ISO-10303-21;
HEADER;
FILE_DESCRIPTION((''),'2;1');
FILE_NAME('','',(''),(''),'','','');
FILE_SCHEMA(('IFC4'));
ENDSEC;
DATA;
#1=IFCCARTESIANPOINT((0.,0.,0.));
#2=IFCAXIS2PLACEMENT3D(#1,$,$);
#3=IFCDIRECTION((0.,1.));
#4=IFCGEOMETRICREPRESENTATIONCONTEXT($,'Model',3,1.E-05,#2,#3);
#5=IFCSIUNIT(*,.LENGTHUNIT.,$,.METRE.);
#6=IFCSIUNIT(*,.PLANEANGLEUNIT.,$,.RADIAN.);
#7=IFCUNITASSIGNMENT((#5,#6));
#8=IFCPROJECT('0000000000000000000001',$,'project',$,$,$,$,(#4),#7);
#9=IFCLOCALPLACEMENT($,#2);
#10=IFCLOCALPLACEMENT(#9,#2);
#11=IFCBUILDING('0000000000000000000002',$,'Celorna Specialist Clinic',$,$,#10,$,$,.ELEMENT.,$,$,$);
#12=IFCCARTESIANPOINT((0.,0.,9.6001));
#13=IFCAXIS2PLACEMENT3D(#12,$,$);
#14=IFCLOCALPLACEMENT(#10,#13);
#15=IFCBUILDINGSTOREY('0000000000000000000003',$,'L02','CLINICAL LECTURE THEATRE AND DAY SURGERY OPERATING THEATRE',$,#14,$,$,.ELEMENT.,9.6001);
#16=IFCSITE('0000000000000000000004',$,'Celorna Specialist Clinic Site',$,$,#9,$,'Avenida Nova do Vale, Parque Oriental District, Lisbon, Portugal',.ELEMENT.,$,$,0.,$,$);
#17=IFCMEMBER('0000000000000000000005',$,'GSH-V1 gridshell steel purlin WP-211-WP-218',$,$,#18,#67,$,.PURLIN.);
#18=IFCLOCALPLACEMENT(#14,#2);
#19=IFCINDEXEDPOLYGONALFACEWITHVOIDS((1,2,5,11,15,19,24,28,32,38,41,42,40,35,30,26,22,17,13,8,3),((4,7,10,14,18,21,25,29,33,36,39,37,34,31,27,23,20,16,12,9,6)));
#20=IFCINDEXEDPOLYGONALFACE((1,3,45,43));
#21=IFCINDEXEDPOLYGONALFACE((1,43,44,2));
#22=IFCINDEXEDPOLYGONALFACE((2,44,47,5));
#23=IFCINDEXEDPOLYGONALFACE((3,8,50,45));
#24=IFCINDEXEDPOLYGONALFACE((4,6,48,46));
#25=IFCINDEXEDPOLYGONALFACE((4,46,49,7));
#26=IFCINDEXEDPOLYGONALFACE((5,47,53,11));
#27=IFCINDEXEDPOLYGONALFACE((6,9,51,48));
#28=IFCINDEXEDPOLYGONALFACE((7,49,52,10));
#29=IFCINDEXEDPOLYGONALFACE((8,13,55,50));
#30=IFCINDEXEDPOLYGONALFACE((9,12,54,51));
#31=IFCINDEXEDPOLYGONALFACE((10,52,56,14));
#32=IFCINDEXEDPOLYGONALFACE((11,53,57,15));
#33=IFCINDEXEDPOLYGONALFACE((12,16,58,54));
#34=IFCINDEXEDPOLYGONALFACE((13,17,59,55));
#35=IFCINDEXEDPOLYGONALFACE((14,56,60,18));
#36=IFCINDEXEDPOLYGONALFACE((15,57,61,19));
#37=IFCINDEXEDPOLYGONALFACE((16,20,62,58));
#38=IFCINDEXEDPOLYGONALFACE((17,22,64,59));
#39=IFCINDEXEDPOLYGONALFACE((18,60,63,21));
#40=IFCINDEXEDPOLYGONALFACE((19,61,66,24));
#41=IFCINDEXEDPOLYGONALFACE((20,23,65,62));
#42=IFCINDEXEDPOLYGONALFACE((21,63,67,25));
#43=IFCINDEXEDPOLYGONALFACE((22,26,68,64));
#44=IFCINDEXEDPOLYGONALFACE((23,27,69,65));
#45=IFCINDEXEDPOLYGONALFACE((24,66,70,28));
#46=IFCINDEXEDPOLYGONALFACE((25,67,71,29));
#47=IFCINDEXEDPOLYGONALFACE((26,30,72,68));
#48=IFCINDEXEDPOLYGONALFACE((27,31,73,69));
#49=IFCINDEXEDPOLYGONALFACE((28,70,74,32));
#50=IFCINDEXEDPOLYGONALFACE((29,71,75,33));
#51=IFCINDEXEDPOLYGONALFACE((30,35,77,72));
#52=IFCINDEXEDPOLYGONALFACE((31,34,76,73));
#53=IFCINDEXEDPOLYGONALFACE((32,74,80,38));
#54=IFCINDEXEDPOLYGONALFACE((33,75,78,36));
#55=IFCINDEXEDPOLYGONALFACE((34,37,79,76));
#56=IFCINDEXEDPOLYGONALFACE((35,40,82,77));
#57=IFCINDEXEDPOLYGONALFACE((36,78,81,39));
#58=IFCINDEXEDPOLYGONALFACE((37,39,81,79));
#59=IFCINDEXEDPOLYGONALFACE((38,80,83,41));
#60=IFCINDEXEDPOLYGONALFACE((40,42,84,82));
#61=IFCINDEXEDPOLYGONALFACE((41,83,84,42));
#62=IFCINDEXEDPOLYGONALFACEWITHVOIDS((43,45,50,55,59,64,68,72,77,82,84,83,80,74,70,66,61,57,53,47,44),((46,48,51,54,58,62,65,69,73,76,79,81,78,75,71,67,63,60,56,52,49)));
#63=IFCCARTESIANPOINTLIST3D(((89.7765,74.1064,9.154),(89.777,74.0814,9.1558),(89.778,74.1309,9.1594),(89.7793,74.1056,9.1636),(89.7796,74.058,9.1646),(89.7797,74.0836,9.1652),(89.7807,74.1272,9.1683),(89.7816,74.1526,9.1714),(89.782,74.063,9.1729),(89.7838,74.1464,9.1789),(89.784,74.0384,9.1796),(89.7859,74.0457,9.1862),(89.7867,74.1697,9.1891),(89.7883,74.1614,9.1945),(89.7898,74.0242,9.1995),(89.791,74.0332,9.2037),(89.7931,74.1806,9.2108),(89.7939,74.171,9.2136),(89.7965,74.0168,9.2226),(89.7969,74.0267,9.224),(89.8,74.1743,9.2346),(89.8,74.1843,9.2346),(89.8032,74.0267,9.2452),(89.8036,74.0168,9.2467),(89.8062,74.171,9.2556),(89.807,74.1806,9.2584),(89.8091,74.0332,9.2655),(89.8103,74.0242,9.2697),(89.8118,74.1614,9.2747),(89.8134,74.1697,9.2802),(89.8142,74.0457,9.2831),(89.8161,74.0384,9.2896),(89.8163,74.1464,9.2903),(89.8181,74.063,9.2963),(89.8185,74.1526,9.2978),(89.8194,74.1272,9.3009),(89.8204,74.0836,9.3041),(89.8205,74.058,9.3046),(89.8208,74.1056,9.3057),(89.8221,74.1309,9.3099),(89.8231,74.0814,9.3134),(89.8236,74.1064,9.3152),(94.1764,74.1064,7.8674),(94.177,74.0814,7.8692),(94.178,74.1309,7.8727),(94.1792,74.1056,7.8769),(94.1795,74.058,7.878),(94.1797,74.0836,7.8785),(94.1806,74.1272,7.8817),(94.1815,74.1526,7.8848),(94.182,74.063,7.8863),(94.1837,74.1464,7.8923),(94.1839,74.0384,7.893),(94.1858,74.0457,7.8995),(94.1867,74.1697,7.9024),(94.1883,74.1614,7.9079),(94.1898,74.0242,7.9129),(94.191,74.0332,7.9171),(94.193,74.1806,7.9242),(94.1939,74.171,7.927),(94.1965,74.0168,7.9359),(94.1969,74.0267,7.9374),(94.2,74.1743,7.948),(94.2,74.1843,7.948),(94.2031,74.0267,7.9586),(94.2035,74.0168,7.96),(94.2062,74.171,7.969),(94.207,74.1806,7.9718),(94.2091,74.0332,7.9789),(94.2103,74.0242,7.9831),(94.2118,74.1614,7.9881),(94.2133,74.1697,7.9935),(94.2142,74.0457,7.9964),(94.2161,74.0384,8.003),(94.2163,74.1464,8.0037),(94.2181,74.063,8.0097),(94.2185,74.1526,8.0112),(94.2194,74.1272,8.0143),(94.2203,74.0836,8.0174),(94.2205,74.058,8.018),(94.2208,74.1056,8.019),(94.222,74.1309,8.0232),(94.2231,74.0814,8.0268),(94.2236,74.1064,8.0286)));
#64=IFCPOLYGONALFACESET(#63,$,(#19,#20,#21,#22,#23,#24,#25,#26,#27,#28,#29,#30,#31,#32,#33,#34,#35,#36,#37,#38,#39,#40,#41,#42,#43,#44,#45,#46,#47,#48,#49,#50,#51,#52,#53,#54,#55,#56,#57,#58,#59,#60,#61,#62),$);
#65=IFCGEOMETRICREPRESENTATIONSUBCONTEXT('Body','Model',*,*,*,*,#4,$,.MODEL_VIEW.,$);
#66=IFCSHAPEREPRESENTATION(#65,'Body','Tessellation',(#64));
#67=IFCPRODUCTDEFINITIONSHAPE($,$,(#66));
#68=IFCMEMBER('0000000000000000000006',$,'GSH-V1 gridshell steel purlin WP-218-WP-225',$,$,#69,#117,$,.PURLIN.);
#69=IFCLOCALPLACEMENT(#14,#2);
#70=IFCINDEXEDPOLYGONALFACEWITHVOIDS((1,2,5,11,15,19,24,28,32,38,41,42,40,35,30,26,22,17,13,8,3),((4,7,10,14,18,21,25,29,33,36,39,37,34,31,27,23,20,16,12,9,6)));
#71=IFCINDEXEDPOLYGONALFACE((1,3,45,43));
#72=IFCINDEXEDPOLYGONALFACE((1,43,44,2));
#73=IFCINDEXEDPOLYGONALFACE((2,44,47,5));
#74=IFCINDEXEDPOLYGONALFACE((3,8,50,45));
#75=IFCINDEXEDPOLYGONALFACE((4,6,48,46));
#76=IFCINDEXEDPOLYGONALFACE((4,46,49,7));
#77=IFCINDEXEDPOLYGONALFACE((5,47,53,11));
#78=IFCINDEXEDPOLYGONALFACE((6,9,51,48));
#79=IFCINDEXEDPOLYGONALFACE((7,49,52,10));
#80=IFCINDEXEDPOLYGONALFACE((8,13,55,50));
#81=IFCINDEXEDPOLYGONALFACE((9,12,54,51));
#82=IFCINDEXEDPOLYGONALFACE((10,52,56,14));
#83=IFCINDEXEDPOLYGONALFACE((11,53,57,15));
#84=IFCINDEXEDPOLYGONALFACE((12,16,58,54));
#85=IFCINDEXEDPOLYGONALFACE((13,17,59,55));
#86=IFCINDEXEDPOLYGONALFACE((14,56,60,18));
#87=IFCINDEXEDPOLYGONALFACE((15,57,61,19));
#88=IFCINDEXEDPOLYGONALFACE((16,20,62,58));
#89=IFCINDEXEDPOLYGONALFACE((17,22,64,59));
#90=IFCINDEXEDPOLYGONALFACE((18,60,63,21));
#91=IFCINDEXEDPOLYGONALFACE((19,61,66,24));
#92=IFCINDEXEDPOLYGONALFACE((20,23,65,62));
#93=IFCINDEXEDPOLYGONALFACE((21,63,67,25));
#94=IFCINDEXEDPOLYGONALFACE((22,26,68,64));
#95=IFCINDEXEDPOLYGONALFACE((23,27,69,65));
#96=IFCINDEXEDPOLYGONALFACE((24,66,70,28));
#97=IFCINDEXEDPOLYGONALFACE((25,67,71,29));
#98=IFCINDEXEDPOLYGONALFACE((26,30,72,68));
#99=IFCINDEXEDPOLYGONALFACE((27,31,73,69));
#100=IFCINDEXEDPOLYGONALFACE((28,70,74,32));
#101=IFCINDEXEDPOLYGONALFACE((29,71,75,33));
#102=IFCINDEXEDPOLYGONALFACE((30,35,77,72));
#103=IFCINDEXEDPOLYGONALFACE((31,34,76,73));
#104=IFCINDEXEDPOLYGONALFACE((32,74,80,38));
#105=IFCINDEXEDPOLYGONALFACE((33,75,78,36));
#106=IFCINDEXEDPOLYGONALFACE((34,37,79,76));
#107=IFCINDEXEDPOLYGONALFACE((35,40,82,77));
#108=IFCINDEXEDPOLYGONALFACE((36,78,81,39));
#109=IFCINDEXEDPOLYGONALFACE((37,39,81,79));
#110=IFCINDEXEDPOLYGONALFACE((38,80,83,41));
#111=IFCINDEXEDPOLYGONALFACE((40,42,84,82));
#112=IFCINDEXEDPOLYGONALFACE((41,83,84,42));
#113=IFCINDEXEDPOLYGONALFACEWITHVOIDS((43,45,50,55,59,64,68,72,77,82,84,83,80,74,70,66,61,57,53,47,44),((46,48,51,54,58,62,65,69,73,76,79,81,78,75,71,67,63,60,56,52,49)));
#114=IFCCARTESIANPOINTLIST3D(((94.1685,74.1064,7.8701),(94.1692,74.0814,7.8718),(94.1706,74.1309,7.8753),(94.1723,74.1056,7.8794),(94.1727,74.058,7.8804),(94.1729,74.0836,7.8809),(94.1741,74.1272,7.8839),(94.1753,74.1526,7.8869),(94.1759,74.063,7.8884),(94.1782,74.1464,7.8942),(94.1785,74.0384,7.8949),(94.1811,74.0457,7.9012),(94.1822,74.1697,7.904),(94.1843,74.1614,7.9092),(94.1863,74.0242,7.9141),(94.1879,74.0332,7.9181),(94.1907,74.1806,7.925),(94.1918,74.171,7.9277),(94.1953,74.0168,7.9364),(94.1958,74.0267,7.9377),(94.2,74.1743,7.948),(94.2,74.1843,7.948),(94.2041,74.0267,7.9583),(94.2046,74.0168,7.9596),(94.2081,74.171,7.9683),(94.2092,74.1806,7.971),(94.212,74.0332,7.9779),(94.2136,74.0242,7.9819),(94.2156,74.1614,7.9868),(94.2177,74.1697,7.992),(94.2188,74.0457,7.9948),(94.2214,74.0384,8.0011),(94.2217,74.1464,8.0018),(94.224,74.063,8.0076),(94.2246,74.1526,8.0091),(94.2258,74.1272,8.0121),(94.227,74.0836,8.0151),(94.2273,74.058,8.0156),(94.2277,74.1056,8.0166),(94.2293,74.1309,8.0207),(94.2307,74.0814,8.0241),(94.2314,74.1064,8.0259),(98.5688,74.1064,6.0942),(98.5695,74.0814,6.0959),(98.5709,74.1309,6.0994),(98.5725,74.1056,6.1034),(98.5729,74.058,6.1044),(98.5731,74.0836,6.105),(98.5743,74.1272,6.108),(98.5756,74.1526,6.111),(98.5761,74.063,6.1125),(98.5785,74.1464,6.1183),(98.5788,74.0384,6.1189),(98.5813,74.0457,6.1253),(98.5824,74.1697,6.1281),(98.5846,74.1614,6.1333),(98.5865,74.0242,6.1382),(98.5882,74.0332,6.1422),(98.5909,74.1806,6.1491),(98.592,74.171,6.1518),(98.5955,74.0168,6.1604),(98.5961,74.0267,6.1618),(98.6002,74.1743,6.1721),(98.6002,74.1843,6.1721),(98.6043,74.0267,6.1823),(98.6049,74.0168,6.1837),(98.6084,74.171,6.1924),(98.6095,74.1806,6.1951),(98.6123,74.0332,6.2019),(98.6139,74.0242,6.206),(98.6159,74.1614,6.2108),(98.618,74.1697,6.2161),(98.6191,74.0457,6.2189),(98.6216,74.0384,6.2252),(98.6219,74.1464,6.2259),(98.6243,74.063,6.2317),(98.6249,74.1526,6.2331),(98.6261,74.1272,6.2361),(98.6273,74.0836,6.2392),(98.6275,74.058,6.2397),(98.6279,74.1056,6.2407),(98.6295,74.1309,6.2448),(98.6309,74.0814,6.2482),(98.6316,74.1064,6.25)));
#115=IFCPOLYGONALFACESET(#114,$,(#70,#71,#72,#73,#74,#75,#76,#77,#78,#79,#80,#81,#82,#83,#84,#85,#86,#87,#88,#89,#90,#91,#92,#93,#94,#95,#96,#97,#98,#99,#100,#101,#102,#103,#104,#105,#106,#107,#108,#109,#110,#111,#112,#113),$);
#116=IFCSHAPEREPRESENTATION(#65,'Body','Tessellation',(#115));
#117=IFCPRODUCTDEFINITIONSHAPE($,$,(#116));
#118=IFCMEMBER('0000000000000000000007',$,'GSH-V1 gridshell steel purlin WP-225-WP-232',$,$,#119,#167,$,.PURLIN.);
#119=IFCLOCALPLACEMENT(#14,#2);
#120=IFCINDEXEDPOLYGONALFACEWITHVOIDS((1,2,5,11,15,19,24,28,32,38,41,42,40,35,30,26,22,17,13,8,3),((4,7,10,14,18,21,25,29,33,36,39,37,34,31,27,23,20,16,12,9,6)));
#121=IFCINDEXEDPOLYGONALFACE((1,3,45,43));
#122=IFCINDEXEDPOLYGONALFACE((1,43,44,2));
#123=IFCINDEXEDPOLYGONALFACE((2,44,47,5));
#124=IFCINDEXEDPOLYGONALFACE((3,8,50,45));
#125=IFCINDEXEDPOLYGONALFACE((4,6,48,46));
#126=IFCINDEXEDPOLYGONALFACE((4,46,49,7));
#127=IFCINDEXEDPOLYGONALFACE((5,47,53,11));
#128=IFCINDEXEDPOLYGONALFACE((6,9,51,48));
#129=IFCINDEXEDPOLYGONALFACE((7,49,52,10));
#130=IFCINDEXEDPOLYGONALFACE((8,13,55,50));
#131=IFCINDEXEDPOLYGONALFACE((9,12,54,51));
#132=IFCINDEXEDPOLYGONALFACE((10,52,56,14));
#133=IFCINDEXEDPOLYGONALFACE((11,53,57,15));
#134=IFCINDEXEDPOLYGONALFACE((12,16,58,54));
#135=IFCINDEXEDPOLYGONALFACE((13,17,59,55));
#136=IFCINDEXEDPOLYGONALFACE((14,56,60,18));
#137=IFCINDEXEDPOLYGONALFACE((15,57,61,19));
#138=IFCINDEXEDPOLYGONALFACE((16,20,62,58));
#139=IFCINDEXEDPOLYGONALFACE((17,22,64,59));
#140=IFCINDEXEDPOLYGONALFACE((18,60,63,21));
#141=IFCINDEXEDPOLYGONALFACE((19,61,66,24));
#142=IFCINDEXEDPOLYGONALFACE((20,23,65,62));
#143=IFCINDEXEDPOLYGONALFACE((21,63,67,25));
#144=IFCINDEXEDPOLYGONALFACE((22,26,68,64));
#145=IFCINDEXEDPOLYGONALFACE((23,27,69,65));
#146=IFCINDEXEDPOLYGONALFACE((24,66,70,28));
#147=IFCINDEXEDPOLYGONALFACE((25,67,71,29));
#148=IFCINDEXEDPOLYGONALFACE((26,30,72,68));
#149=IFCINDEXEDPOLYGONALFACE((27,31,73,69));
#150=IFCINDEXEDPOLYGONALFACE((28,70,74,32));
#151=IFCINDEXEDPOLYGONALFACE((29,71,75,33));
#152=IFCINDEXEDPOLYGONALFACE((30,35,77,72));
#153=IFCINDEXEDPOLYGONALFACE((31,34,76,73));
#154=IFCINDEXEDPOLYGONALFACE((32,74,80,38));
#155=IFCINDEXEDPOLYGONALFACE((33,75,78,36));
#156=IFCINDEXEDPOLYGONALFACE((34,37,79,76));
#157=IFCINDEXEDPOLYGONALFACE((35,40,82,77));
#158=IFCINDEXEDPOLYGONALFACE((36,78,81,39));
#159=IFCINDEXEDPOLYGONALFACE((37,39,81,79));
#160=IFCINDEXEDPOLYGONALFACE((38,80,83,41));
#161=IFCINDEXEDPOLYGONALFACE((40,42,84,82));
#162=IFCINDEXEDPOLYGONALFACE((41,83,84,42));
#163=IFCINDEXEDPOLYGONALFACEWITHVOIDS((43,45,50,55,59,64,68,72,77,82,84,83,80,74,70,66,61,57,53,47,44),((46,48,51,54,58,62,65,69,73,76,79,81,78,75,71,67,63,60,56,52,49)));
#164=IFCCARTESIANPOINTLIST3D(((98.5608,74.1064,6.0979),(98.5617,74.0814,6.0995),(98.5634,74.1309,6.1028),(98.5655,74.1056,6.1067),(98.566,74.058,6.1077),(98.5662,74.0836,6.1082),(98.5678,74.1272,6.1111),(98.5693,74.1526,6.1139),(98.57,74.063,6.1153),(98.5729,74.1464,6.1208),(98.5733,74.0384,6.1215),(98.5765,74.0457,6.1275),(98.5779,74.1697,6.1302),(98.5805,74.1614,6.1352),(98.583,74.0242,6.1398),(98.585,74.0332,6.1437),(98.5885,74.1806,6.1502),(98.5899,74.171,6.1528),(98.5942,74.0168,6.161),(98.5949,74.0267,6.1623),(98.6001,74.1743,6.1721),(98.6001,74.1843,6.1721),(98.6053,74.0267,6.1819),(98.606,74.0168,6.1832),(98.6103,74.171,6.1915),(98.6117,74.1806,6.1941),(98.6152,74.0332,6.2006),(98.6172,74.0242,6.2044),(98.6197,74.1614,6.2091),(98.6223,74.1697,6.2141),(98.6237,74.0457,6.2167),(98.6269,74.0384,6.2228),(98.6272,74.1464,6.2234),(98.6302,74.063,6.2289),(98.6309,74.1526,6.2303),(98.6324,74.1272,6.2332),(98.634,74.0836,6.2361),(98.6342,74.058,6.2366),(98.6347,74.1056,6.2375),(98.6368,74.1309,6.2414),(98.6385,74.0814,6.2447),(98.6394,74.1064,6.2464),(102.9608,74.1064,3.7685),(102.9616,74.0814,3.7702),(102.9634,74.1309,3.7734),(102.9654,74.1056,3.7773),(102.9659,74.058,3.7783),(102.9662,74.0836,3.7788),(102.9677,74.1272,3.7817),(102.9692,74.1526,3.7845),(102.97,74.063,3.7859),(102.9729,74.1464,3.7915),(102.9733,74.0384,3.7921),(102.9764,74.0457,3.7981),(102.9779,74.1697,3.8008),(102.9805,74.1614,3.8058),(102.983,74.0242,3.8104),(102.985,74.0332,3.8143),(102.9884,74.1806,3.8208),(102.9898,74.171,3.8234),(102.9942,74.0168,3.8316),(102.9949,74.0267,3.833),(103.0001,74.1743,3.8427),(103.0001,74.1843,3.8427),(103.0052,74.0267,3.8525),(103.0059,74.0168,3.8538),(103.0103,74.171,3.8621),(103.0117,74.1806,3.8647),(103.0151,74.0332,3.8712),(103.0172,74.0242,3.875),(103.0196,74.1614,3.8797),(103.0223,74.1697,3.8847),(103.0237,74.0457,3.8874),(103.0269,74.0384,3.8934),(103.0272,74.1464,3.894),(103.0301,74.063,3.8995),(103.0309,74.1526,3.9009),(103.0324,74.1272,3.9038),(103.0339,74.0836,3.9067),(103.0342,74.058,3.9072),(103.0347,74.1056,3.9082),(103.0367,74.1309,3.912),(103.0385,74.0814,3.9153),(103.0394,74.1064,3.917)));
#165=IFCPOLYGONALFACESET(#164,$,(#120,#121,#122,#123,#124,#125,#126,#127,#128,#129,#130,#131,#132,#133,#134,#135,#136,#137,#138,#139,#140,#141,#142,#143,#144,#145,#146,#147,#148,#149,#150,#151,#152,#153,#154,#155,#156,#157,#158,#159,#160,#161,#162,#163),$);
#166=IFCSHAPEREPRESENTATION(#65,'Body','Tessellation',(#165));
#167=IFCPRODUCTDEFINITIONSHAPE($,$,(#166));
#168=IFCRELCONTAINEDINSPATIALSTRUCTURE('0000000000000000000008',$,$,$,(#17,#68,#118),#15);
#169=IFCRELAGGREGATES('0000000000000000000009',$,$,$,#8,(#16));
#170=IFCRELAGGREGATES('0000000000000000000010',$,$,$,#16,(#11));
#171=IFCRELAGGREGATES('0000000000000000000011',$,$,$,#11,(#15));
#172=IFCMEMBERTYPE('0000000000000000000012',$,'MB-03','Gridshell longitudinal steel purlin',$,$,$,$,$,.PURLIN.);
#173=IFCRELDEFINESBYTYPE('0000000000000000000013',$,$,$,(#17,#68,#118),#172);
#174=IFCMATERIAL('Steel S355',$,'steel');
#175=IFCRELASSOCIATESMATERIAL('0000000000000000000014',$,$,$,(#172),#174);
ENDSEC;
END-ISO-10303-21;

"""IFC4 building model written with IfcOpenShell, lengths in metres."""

from ifc_helpers import new_model, si_unit, direction, frame, origin, origin_2d, place, context, subcontext, project, spatial, hollow_circle, extrude, material, material_profile, profile_set, type_object, element, save


model = new_model("IFC4")

# Units and contexts
model_context = context("Model", 3, precision=1e-05, world=origin(), true_north=direction((0.0, 1.0)))
body_context = subcontext(model_context, "Body", "Model", "MODEL_VIEW")
ifc_project = project(units=[si_unit("LENGTHUNIT", "METRE"), si_unit("PLANEANGLEUNIT", "RADIAN")], contexts=[model_context])

# Site, building, storey
site_placement = place(None, origin())
site = spatial("IfcSite", under=ifc_project, at=site_placement, Name="Celorna Specialist Clinic Site", LongName="Avenida Nova do Vale, Parque Oriental District, Lisbon, Portugal", CompositionType="ELEMENT", RefElevation=0.0)
building_placement = place(site_placement, origin())
building = spatial("IfcBuilding", under=site, at=building_placement, Name="Celorna Specialist Clinic", CompositionType="ELEMENT")
storey_placement = place(building_placement, frame((0.0, 0.0, 9.6001)))
storey = spatial("IfcBuildingStorey", under=building, at=storey_placement, Name="L02", Description="CLINICAL LECTURE THEATRE AND DAY SURGERY OPERATING THEATRE", CompositionType="ELEMENT", Elevation=9.6001)

# Shared definitions
ifc_material_1 = material(Name="Steel S355", Category="steel")

# Members
ifc_material_profile_1 = material_profile(ifc_material_1, hollow_circle(Radius=0.0842, WallThickness=0.01, at=origin_2d()), Name="CHS 168.3x10")
ifc_profile_set_1 = profile_set([ifc_material_profile_1], Name="Steel S355")
member_type_1 = type_object("IfcMemberType", Name="MB-03", Description="Gridshell longitudinal steel purlin", PredefinedType="PURLIN", material=ifc_profile_set_1)
member_1_placement = place(storey_placement, frame((89.8, 74.1001, 9.2346), z_axis=(0.959805, 0.0, -0.280667), x_axis=(0.0, 1.0, 0.0)))
element("IfcMember", 1, at=member_1_placement, inside=storey, type_object=member_type_1, Name="GSH-V1 gridshell steel purlin WP-211-WP-218", PredefinedType="PURLIN", context=body_context, shape_type="SweptSolid", body=[
    extrude(hollow_circle(Radius=0.0842, WallThickness=0.01, at=origin_2d()), origin(), (0.0, 0.0, 1.0), 4.5842),
])
member_2_placement = place(storey_placement, frame((94.2, 74.1001, 7.948), z_axis=(0.927323, 0.0, -0.374263), x_axis=(0.0, 1.0, 0.0)))
element("IfcMember", 2, at=member_2_placement, inside=storey, type_object=member_type_1, Name="GSH-V1 gridshell steel purlin WP-218-WP-225", PredefinedType="PURLIN", context=body_context, shape_type="SweptSolid", body=[
    extrude(hollow_circle(Radius=0.0842, WallThickness=0.01, at=origin_2d()), origin(), (0.0, 0.0, 1.0), 4.7451),
])
member_3_placement = place(storey_placement, frame((98.6001, 74.1001, 6.1721), z_axis=(0.883789, 0.0, -0.467885), x_axis=(0.0, 1.0, 0.0)))
element("IfcMember", 3, at=member_3_placement, inside=storey, type_object=member_type_1, Name="GSH-V1 gridshell steel purlin WP-225-WP-232", PredefinedType="PURLIN", context=body_context, shape_type="SweptSolid", body=[
    extrude(hollow_circle(Radius=0.0842, WallThickness=0.01, at=origin_2d()), origin(), (0.0, 0.0, 1.0), 4.9785),
])

save(model, "model.ifc")
